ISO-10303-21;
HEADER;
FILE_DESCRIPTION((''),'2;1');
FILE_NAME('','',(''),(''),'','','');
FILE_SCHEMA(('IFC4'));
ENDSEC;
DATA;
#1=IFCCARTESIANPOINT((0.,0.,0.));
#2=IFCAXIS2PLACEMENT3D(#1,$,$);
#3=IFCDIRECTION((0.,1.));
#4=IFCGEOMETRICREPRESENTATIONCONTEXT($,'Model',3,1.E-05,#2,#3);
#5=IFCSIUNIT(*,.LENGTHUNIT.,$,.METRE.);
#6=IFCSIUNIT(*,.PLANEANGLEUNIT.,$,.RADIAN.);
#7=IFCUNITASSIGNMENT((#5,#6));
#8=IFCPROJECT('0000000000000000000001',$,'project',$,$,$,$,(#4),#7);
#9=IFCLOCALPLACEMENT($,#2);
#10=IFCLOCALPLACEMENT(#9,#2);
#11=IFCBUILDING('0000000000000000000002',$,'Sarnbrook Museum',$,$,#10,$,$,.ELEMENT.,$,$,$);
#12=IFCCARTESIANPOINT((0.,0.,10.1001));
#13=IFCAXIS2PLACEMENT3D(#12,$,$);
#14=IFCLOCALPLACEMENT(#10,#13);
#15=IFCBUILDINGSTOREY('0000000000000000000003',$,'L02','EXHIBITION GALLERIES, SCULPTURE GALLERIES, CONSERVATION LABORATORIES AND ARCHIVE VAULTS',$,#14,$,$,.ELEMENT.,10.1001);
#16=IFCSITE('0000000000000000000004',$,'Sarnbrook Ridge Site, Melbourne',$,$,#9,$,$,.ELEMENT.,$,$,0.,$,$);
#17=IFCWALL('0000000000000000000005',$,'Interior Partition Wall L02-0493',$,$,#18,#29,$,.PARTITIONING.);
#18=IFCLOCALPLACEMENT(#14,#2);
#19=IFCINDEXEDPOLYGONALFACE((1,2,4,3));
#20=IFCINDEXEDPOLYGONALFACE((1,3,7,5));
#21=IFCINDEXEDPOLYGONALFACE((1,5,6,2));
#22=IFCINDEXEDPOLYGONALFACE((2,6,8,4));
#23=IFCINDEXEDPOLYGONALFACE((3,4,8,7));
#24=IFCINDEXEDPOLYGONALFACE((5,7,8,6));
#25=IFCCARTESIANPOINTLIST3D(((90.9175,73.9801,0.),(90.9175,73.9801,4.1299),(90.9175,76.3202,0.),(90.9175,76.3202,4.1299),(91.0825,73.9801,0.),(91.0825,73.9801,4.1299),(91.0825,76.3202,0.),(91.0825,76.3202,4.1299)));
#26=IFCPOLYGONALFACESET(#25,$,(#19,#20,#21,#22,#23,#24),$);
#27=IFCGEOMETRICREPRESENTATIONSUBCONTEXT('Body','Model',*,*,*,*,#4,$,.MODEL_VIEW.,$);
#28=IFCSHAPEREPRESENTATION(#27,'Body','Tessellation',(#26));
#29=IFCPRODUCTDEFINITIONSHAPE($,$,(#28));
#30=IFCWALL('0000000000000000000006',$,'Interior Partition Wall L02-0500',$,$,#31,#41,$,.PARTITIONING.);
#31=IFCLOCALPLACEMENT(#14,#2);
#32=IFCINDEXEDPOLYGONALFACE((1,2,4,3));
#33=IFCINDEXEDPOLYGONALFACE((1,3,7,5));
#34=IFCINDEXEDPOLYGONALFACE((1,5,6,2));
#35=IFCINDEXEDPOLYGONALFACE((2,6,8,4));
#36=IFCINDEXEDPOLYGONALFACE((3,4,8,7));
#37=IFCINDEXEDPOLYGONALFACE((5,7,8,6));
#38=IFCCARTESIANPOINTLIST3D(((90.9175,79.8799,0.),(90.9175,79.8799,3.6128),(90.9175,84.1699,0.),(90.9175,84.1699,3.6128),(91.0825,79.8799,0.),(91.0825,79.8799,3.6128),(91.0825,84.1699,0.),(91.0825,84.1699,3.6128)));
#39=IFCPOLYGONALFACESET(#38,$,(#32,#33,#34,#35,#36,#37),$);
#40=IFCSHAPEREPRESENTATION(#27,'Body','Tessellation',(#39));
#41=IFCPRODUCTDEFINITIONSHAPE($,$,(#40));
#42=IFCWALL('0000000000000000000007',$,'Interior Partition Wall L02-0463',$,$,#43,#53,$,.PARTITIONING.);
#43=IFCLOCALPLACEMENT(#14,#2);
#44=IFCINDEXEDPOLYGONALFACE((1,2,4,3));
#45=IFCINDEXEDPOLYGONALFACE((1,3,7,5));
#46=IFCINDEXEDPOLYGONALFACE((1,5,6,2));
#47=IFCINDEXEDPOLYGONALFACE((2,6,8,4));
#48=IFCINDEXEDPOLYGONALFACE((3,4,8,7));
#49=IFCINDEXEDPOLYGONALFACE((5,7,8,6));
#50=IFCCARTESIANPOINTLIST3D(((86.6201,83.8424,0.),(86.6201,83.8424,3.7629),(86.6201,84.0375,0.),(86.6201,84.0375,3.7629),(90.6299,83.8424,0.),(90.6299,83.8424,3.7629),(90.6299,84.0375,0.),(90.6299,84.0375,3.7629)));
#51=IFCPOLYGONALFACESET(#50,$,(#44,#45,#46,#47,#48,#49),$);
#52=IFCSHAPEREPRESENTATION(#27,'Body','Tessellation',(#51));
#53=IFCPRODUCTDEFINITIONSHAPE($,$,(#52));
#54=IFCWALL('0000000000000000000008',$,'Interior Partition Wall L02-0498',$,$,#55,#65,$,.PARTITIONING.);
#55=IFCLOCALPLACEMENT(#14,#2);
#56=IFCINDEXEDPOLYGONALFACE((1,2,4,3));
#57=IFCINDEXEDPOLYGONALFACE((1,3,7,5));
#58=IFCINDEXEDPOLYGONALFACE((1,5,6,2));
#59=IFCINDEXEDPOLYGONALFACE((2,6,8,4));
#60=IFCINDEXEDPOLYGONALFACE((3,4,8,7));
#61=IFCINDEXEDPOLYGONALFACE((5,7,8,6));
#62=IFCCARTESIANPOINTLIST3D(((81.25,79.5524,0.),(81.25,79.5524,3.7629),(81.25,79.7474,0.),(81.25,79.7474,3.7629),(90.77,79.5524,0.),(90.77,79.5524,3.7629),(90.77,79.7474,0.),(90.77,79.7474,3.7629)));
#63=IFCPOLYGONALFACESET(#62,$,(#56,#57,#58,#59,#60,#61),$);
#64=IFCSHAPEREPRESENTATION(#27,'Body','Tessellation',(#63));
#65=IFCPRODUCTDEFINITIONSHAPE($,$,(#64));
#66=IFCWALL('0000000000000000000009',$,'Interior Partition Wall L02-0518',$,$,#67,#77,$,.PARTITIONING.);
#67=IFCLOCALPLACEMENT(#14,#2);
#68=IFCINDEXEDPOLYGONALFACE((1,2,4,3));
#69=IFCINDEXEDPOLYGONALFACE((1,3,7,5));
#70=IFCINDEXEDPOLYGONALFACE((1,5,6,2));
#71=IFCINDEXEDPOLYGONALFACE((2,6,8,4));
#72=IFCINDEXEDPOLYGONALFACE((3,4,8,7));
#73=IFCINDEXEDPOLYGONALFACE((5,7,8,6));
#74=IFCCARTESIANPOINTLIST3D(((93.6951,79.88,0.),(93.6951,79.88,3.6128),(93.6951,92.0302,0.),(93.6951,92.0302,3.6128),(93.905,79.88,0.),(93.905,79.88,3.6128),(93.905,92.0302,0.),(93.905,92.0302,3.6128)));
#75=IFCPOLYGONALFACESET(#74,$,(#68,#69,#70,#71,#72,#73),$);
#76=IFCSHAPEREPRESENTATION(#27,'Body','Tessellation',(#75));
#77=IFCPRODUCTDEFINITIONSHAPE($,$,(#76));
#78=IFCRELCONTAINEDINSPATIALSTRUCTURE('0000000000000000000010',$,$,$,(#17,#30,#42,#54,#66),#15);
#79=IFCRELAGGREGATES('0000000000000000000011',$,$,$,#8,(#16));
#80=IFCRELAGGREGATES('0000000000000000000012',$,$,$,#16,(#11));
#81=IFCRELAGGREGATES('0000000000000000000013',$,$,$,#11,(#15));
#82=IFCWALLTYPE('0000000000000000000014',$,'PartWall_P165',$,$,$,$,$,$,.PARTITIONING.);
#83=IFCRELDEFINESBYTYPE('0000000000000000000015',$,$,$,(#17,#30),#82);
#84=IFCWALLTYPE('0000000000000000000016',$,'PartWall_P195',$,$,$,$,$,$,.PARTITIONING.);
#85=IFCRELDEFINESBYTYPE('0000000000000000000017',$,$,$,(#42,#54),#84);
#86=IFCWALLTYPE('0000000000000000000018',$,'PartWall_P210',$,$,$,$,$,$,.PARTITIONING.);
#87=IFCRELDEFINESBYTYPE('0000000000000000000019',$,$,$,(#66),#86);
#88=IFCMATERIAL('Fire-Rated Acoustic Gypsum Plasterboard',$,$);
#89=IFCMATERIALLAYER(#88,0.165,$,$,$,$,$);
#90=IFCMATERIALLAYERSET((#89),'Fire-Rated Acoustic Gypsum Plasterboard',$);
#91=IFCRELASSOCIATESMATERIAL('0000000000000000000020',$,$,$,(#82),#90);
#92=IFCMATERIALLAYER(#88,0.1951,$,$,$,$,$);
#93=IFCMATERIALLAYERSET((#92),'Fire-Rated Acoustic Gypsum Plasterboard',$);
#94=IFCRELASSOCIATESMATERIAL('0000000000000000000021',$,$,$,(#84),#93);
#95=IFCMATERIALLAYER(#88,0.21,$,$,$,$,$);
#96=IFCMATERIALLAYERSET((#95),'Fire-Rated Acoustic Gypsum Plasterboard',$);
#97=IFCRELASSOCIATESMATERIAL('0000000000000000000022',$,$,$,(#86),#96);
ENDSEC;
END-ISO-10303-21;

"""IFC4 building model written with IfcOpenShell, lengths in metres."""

from ifc_helpers import new_model, si_unit, direction, frame, frame_2d, origin, place, context, subcontext, project, spatial, rectangle, extrude, material, layer, layer_set, type_object, element, save


model = new_model("IFC4")

# Units and contexts
model_context = context("Model", 3, precision=1e-05, world=origin(), true_north=direction((0.0, 1.0)))
body_context = subcontext(model_context, "Body", "Model", "MODEL_VIEW")
ifc_project = project(units=[si_unit("LENGTHUNIT", "METRE"), si_unit("PLANEANGLEUNIT", "RADIAN")], contexts=[model_context])

# Site, building, storey
site_placement = place(None, origin())
site = spatial("IfcSite", under=ifc_project, at=site_placement, Name="Sarnbrook Ridge Site, Melbourne", CompositionType="ELEMENT", RefElevation=0.0)
building_placement = place(site_placement, origin())
building = spatial("IfcBuilding", under=site, at=building_placement, Name="Sarnbrook Museum", CompositionType="ELEMENT")
storey_placement = place(building_placement, frame((0.0, 0.0, 10.1001)))
storey = spatial("IfcBuildingStorey", under=building, at=storey_placement, Name="L02", Description="EXHIBITION GALLERIES, SCULPTURE GALLERIES, CONSERVATION LABORATORIES AND ARCHIVE VAULTS", CompositionType="ELEMENT", Elevation=10.1001)

# Shared definitions
ifc_material_1 = material(Name="Fire-Rated Acoustic Gypsum Plasterboard")

# Walls
ifc_layer_1 = layer(ifc_material_1, 0.165)
ifc_layer_set_1 = layer_set([ifc_layer_1], Name="Fire-Rated Acoustic Gypsum Plasterboard")
wall_type_1 = type_object("IfcWallType", Name="PartWall_P165", PredefinedType="PARTITIONING", material=ifc_layer_set_1)
wall_1_placement = place(storey_placement, frame((91.0, 76.3201, 0.0), z_axis=(0.0, 0.0, 1.0), x_axis=(0.0, -1.0, 0.0)))
element("IfcWall", 1, at=wall_1_placement, inside=storey, type_object=wall_type_1, Name="Interior Partition Wall L02-0493", PredefinedType="PARTITIONING", context=body_context, shape_type="SweptSolid", body=[
    extrude(rectangle(XDim=2.3401, YDim=0.165, at=frame_2d((1.1699, 0.0))), origin(), (0.0, 0.0, 1.0), 4.1299),
])
wall_2_placement = place(storey_placement, frame((91.0, 84.1699, 0.0), z_axis=(0.0, 0.0, 1.0), x_axis=(0.0, -1.0, 0.0)))
element("IfcWall", 2, at=wall_2_placement, inside=storey, type_object=wall_type_1, Name="Interior Partition Wall L02-0500", PredefinedType="PARTITIONING", context=body_context, shape_type="SweptSolid", body=[
    extrude(rectangle(XDim=4.29, YDim=0.165, at=frame_2d((2.145, 0.0))), origin(), (0.0, 0.0, 1.0), 3.6128),
])
ifc_layer_2 = layer(ifc_material_1, 0.1951)
ifc_layer_set_2 = layer_set([ifc_layer_2], Name="Fire-Rated Acoustic Gypsum Plasterboard")
wall_type_2 = type_object("IfcWallType", Name="PartWall_P195", PredefinedType="PARTITIONING", material=ifc_layer_set_2)
wall_3_placement = place(storey_placement, frame((90.6299, 83.9399, 0.0), z_axis=(0.0, 0.0, 1.0), x_axis=(-1.0, 0.0, 0.0)))
element("IfcWall", 3, at=wall_3_placement, inside=storey, type_object=wall_type_2, Name="Interior Partition Wall L02-0463", PredefinedType="PARTITIONING", context=body_context, shape_type="SweptSolid", body=[
    extrude(rectangle(XDim=4.0098, YDim=0.1951, at=frame_2d((2.0049, 0.0))), origin(), (0.0, 0.0, 1.0), 3.7629),
])
wall_4_placement = place(storey_placement, frame((90.77, 79.6499, 0.0), z_axis=(0.0, 0.0, 1.0), x_axis=(-1.0, 0.0, 0.0)))
element("IfcWall", 4, at=wall_4_placement, inside=storey, type_object=wall_type_2, Name="Interior Partition Wall L02-0498", PredefinedType="PARTITIONING", context=body_context, shape_type="SweptSolid", body=[
    extrude(rectangle(XDim=9.52, YDim=0.1951, at=frame_2d((4.76, 0.0))), origin(), (0.0, 0.0, 1.0), 3.7629),
])

# Shared definitions
ifc_layer_3 = layer(ifc_material_1, 0.21)
ifc_layer_set_3 = layer_set([ifc_layer_3], Name="Fire-Rated Acoustic Gypsum Plasterboard")
wall_type_3 = type_object("IfcWallType", Name="PartWall_P210", PredefinedType="PARTITIONING", material=ifc_layer_set_3)

# Wall
wall_5_placement = place(storey_placement, frame((93.8, 79.8799, 0.0), z_axis=(0.0, 0.0, 1.0), x_axis=(0.0, 1.0, 0.0)))
element("IfcWall", 5, at=wall_5_placement, inside=storey, type_object=wall_type_3, Name="Interior Partition Wall L02-0518", PredefinedType="PARTITIONING", context=body_context, shape_type="SweptSolid", body=[
    extrude(rectangle(XDim=12.1501, YDim=0.21, at=frame_2d((6.0752, 0.0))), origin(), (0.0, 0.0, 1.0), 3.6128),
])

save(model, "model.ifc")
